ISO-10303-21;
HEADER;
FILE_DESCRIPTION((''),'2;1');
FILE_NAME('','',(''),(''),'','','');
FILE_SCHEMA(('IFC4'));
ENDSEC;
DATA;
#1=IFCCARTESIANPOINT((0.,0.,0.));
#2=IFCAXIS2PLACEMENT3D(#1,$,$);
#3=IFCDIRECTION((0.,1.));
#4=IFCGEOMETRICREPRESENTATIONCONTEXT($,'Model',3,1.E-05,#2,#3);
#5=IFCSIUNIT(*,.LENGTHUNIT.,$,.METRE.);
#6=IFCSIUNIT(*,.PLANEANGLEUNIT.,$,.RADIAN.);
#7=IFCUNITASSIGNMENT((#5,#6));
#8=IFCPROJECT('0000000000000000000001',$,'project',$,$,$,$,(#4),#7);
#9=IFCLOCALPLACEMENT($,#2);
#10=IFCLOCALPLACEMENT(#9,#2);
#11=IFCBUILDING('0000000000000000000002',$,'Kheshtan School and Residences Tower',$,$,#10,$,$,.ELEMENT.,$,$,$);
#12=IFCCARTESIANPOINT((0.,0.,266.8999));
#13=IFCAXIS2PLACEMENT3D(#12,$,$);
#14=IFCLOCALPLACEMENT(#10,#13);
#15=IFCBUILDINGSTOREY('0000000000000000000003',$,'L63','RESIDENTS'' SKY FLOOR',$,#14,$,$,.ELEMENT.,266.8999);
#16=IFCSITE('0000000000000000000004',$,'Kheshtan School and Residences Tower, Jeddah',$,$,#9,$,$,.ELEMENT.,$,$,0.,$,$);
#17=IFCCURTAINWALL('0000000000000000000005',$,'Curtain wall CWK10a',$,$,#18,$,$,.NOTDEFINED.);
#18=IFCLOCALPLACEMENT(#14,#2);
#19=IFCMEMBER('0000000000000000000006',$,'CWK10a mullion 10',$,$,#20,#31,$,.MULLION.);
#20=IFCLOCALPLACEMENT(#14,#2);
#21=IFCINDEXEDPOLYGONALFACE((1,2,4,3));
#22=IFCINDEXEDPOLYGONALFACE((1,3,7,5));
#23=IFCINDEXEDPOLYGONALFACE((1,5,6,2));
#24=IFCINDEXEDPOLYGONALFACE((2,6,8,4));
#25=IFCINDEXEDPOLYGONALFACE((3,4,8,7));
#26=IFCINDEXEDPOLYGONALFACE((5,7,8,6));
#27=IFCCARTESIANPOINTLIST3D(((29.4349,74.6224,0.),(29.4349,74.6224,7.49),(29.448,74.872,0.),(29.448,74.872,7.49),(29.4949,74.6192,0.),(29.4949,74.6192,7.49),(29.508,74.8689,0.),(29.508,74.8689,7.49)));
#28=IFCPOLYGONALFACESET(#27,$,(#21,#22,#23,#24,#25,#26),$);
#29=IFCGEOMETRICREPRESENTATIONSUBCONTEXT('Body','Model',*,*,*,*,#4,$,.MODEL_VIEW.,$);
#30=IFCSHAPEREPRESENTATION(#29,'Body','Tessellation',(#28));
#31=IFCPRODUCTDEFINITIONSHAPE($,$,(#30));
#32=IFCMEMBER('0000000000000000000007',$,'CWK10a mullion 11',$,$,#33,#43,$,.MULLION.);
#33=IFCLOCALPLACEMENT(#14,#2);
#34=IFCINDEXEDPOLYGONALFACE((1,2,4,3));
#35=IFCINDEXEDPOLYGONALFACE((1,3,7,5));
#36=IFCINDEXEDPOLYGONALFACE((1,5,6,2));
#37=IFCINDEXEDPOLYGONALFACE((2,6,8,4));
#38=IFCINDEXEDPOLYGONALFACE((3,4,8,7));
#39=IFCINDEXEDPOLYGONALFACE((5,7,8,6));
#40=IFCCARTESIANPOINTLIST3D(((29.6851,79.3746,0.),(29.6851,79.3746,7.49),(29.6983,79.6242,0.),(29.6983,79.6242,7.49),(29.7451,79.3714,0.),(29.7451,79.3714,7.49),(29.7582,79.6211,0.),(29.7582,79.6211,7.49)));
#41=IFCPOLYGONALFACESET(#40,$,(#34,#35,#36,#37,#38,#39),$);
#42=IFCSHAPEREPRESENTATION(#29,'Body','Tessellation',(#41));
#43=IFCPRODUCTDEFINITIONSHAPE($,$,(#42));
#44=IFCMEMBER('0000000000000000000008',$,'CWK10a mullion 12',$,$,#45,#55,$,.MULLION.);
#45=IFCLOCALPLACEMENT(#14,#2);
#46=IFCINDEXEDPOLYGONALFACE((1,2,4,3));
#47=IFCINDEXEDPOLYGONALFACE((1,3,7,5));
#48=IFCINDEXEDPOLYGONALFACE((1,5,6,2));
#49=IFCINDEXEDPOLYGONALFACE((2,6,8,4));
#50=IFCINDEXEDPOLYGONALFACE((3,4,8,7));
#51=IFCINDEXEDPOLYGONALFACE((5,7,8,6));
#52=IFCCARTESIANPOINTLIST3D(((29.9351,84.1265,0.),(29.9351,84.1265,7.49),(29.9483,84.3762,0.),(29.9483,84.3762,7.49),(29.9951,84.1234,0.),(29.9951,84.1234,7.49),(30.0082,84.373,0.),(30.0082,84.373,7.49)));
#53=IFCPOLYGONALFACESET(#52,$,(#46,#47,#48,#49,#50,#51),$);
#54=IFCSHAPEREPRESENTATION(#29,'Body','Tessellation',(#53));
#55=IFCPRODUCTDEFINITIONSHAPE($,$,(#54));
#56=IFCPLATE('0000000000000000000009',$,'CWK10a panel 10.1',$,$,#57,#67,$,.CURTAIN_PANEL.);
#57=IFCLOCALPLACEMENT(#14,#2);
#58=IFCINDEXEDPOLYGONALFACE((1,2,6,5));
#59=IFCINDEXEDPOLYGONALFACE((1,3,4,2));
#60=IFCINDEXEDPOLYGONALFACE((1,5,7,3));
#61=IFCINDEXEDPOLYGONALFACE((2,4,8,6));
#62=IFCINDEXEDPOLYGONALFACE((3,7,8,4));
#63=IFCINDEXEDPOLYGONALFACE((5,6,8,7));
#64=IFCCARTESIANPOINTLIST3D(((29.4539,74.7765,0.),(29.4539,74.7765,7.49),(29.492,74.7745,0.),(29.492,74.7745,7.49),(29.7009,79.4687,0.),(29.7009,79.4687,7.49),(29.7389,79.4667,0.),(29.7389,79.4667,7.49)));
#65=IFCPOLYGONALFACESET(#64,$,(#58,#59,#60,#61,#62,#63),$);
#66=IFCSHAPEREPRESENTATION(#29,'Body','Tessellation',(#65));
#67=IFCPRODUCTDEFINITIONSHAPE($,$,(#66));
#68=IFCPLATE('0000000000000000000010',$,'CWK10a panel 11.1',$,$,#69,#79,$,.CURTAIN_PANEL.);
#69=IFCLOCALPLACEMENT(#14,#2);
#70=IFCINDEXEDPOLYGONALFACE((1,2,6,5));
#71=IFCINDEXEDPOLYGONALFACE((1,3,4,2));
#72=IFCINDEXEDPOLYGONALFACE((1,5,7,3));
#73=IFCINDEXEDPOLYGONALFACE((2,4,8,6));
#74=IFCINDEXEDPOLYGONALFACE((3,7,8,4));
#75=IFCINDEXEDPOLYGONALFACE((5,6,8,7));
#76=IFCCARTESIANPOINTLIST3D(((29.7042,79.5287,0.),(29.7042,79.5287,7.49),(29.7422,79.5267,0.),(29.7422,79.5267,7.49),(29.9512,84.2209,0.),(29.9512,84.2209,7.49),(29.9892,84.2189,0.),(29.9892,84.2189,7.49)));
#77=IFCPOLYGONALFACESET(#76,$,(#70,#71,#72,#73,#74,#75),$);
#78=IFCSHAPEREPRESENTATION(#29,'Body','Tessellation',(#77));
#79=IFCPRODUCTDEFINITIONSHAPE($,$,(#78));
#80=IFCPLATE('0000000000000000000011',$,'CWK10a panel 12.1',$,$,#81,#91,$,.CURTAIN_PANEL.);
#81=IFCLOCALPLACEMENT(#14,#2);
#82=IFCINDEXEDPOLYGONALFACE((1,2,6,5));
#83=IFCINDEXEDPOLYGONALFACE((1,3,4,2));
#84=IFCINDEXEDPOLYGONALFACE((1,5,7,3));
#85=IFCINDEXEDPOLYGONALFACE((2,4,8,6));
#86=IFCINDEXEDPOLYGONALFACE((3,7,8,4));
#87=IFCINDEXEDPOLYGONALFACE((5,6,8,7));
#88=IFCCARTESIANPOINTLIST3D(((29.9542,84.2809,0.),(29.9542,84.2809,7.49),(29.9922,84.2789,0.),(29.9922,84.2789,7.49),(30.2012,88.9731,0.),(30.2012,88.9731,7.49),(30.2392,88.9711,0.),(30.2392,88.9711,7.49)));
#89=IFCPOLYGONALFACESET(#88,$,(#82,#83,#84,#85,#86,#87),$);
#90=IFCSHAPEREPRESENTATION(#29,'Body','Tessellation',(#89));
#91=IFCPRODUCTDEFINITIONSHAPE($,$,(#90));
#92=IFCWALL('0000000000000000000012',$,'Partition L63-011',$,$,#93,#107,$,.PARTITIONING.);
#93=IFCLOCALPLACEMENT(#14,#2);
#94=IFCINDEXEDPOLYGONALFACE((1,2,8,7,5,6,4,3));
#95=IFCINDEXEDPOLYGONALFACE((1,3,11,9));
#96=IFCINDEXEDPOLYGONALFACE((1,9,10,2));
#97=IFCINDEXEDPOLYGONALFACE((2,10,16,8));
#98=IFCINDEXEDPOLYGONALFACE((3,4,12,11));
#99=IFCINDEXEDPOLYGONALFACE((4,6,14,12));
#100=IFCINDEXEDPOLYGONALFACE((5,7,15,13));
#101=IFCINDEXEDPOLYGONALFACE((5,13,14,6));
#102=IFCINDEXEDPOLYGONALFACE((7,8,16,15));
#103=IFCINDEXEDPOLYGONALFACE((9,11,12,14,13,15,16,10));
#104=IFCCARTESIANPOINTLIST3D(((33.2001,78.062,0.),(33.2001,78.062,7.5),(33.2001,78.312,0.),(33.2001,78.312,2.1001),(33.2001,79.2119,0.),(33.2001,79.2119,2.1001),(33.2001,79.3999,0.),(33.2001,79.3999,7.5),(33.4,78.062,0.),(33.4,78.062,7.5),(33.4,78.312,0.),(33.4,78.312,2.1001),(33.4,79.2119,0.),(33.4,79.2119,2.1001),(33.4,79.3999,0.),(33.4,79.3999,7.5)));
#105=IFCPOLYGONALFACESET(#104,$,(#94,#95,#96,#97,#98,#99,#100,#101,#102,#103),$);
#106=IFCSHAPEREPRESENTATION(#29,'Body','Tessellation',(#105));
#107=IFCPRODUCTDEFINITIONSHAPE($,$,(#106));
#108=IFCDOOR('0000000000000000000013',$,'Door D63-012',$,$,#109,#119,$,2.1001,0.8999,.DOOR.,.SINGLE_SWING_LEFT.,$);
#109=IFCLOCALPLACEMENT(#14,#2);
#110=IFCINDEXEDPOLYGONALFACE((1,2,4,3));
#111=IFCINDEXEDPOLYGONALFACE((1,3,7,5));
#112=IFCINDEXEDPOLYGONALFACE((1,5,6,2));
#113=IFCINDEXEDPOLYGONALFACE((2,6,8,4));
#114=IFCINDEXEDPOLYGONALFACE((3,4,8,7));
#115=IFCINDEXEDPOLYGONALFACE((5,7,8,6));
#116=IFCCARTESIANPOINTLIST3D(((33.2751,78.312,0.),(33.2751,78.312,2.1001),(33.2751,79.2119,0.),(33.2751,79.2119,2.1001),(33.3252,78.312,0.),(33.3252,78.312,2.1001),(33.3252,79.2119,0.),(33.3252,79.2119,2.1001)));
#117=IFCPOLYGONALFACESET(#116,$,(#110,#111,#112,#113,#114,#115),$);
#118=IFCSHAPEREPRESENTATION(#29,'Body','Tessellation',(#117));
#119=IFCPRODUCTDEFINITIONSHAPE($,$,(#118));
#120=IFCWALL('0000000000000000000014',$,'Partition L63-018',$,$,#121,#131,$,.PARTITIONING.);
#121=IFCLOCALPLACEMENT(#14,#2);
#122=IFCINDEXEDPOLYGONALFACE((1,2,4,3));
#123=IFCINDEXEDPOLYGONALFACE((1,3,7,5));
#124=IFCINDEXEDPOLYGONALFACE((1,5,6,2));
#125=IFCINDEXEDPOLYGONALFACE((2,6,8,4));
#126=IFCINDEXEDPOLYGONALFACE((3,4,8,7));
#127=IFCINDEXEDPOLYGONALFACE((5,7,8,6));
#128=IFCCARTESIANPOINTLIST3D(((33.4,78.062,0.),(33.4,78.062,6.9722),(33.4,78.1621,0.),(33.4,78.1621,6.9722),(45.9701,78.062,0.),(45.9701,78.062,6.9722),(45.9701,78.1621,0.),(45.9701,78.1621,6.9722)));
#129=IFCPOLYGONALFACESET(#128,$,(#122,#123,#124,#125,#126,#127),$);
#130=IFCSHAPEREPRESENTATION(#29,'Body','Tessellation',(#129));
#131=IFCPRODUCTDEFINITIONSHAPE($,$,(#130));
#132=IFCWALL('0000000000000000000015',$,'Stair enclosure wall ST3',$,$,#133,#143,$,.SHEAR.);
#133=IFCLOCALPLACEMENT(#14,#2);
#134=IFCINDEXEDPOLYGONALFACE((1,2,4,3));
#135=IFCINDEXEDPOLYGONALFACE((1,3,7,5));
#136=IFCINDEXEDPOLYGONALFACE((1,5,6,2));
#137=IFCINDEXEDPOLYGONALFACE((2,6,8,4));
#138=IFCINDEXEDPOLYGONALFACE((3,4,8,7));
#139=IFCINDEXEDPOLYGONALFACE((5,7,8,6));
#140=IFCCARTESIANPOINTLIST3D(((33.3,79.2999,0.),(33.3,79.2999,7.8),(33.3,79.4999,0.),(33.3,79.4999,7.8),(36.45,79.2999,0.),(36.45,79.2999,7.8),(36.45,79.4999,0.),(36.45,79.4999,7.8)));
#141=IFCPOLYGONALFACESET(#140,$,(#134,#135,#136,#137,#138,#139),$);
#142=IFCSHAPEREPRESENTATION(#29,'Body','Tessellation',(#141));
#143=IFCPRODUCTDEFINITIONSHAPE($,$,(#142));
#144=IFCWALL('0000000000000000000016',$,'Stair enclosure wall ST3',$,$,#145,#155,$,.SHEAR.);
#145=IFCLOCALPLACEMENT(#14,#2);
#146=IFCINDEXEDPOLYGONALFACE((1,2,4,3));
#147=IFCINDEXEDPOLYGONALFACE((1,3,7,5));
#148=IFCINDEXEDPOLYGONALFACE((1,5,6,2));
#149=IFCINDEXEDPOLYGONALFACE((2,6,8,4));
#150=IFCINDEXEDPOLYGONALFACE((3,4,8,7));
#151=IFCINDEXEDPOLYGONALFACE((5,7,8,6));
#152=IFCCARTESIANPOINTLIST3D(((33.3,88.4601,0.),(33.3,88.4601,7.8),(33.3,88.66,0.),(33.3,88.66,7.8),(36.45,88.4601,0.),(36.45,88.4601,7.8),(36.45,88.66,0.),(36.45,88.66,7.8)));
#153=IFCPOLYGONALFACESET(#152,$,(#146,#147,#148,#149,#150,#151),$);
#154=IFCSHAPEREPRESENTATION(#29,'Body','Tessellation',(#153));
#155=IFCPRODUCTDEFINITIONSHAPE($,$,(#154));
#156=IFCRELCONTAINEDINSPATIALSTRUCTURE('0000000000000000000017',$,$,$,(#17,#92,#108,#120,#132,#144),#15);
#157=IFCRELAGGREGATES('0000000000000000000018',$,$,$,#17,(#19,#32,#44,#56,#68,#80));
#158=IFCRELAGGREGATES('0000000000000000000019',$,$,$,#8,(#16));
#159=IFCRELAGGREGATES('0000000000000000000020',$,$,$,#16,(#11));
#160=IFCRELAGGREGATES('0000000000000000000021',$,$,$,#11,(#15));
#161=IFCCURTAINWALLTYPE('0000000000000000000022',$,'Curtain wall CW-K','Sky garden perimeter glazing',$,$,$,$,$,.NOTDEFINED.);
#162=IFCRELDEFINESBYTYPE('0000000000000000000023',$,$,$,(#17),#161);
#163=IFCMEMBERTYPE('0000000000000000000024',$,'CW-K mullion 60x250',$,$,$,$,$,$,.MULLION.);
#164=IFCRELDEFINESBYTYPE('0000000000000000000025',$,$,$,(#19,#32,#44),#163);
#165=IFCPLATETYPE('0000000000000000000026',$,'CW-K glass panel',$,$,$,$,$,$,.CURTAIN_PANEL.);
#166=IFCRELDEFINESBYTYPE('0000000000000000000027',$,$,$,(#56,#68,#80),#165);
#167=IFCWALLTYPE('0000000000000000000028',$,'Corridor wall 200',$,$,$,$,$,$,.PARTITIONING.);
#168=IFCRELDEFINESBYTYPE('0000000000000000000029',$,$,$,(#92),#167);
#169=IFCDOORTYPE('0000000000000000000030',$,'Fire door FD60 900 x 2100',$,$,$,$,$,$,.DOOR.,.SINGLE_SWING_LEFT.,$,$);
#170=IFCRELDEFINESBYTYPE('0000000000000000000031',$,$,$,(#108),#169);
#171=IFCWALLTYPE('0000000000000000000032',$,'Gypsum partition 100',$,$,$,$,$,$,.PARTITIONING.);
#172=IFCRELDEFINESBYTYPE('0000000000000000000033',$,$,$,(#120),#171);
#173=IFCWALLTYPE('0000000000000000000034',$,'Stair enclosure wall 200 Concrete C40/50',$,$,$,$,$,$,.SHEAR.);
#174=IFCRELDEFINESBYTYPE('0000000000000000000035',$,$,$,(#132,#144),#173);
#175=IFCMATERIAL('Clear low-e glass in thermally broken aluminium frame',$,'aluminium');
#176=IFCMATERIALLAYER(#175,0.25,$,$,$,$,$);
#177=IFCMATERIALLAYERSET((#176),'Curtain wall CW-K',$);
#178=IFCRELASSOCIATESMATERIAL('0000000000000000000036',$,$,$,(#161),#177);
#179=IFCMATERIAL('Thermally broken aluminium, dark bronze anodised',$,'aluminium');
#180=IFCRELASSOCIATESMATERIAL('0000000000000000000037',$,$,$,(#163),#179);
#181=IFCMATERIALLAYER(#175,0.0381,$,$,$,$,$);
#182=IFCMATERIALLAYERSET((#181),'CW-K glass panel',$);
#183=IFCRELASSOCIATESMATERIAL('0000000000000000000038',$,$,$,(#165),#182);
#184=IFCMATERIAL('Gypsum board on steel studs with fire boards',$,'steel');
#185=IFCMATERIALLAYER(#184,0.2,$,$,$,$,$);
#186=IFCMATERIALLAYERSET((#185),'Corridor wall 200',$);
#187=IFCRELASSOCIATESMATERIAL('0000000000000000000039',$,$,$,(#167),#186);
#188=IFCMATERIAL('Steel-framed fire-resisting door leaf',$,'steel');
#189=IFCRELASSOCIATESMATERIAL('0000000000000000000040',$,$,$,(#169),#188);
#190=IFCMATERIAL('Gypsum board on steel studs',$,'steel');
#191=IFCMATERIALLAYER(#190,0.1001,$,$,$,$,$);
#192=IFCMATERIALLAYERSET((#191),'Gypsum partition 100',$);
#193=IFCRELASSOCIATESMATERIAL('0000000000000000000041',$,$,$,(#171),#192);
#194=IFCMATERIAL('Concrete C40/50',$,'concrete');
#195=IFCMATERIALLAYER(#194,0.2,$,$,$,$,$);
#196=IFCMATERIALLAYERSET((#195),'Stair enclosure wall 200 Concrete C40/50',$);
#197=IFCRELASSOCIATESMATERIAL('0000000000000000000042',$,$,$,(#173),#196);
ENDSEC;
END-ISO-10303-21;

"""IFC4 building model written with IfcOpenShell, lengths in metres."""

from ifc_helpers import new_model, si_unit, direction, frame, frame_2d, origin, origin_2d, place, context, subcontext, project, spatial, rectangle, extrude, source, transform, mapped, material, layer, layer_set, material_profile, profile_set, type_object, element, fill, aggregate, save


model = new_model("IFC4")

# Units and contexts
model_context = context("Model", 3, precision=1e-05, world=origin(), true_north=direction((0.0, 1.0)))
body_context = subcontext(model_context, "Body", "Model", "MODEL_VIEW")
ifc_project = project(units=[si_unit("LENGTHUNIT", "METRE"), si_unit("PLANEANGLEUNIT", "RADIAN")], contexts=[model_context])

# Site, building, storey
site_placement = place(None, origin())
site = spatial("IfcSite", under=ifc_project, at=site_placement, Name="Kheshtan School and Residences Tower, Jeddah", CompositionType="ELEMENT", RefElevation=0.0)
building_placement = place(site_placement, origin())
building = spatial("IfcBuilding", under=site, at=building_placement, Name="Kheshtan School and Residences Tower", CompositionType="ELEMENT")
storey_placement = place(building_placement, frame((0.0, 0.0, 266.8999)))
storey = spatial("IfcBuildingStorey", under=building, at=storey_placement, Name="L63", Description="RESIDENTS' SKY FLOOR", CompositionType="ELEMENT", Elevation=266.8999)

# Curtain wall, members, plates
ifc_material_1 = material(Name="Clear low-e glass in thermally broken aluminium frame", Category="aluminium")
ifc_layer_1 = layer(ifc_material_1, 0.25)
ifc_layer_set_1 = layer_set([ifc_layer_1], Name="Curtain wall CW-K")
curtain_wall_type = type_object("IfcCurtainWallType", Name="Curtain wall CW-K", Description="Sky garden perimeter glazing", PredefinedType="NOTDEFINED", material=ifc_layer_set_1)
curtain_wall_placement = place(storey_placement, origin())
curtain_wall = element("IfcCurtainWall", 1, at=curtain_wall_placement, inside=storey, type_object=curtain_wall_type, Name="Curtain wall CWK10a", PredefinedType="NOTDEFINED")
ifc_material_2 = material(Name="Thermally broken aluminium, dark bronze anodised", Category="aluminium")
ifc_material_profile_1 = material_profile(ifc_material_2, rectangle(XDim=0.0601, YDim=0.25, at=origin_2d()), Name="CW-K mullion 60x250")
ifc_profile_set_1 = profile_set([ifc_material_profile_1], Name="Thermally broken aluminium, dark bronze anodised")
member_type = type_object("IfcMemberType", Name="CW-K mullion 60x250", PredefinedType="MULLION", material=ifc_profile_set_1)
member_1_placement = place(storey_placement, frame((29.4714, 74.7456, 0.0), z_axis=(0.0, 0.0, 1.0), x_axis=(-0.998617, 0.052565, 0.0)))
member_1 = element("IfcMember", 2, at=member_1_placement, type_object=member_type, Name="CWK10a mullion 10", PredefinedType="MULLION", context=body_context, shape_type="SweptSolid", body=[
    extrude(rectangle(XDim=0.0601, YDim=0.25, at=origin_2d()), origin(), (0.0, 0.0, 1.0), 7.49),
])
member_2_placement = place(storey_placement, frame((29.7217, 79.4978, 0.0), z_axis=(0.0, 0.0, 1.0), x_axis=(-0.998617, 0.052565, 0.0)))
member_2 = element("IfcMember", 3, at=member_2_placement, type_object=member_type, Name="CWK10a mullion 11", PredefinedType="MULLION", context=body_context, shape_type="SweptSolid", body=[
    extrude(rectangle(XDim=0.0601, YDim=0.25, at=origin_2d()), origin(), (0.0, 0.0, 1.0), 7.49),
])
member_3_placement = place(storey_placement, frame((29.9717, 84.2498, 0.0), z_axis=(0.0, 0.0, 1.0), x_axis=(-0.998617, 0.052565, 0.0)))
member_3 = element("IfcMember", 4, at=member_3_placement, type_object=member_type, Name="CWK10a mullion 12", PredefinedType="MULLION", context=body_context, shape_type="SweptSolid", body=[
    extrude(rectangle(XDim=0.0601, YDim=0.25, at=origin_2d()), origin(), (0.0, 0.0, 1.0), 7.49),
])
ifc_layer_2 = layer(ifc_material_1, 0.0381)
ifc_layer_set_2 = layer_set([ifc_layer_2], Name="CW-K glass panel")
plate_type = type_object("IfcPlateType", Name="CW-K glass panel", PredefinedType="CURTAIN_PANEL", material=ifc_layer_set_2)
plate_1_placement = place(storey_placement, frame((29.5964, 77.1216, 0.0), z_axis=(0.0, 0.0, 1.0), x_axis=(0.052565, 0.998617, 0.0)))
plate_1 = element("IfcPlate", 5, at=plate_1_placement, type_object=plate_type, Name="CWK10a panel 10.1", PredefinedType="CURTAIN_PANEL", context=body_context, shape_type="SweptSolid", body=[
    extrude(rectangle(XDim=4.6987, YDim=0.0381, at=origin_2d()), origin(), (0.0, 0.0, 1.0), 7.49),
])
plate_2_placement = place(storey_placement, frame((29.8467, 81.8738, 0.0), z_axis=(0.0, 0.0, 1.0), x_axis=(0.052565, 0.998617, 0.0)))
plate_2 = element("IfcPlate", 6, at=plate_2_placement, type_object=plate_type, Name="CWK10a panel 11.1", PredefinedType="CURTAIN_PANEL", context=body_context, shape_type="SweptSolid", body=[
    extrude(rectangle(XDim=4.6987, YDim=0.0381, at=origin_2d()), origin(), (0.0, 0.0, 1.0), 7.49),
])
plate_3_placement = place(storey_placement, frame((30.0967, 86.626, 0.0), z_axis=(0.0, 0.0, 1.0), x_axis=(0.052565, 0.998617, 0.0)))
plate_3 = element("IfcPlate", 7, at=plate_3_placement, type_object=plate_type, Name="CWK10a panel 12.1", PredefinedType="CURTAIN_PANEL", context=body_context, shape_type="SweptSolid", body=[
    extrude(rectangle(XDim=4.6987, YDim=0.0381, at=origin_2d()), origin(), (0.0, 0.0, 1.0), 7.49),
])
aggregate(curtain_wall, [member_1, member_2, member_3, plate_1, plate_2, plate_3])

# Wall, opening, door
ifc_material_3 = material(Name="Gypsum board on steel studs with fire boards", Category="steel")
ifc_layer_3 = layer(ifc_material_3, 0.2)
ifc_layer_set_3 = layer_set([ifc_layer_3], Name="Corridor wall 200")
wall_type_1 = type_object("IfcWallType", Name="Corridor wall 200", PredefinedType="PARTITIONING", material=ifc_layer_set_3)
wall_1_placement = place(storey_placement, frame((33.3, 78.062, 0.0), z_axis=(0.0, 0.0, 1.0), x_axis=(0.0, 1.0, 0.0)))
wall_1 = element("IfcWall", 8, at=wall_1_placement, inside=storey, type_object=wall_type_1, Name="Partition L63-011", PredefinedType="PARTITIONING", context=body_context, shape_type="SweptSolid", body=[
    extrude(rectangle(XDim=1.3379, YDim=0.2, at=frame_2d((0.6689, 0.0))), origin(), (0.0, 0.0, 1.0), 7.5),
])
opening_1_placement = place(wall_1_placement, frame((0.25, 0.0, 0.0)))
opening_1 = element("IfcOpeningElement", 9, at=opening_1_placement, cuts=wall_1, PredefinedType="OPENING", context=body_context, shape_type="SweptSolid", body=[
    extrude(rectangle(XDim=0.8999, YDim=2.1001, at=frame_2d((0.45, 1.05))), frame((0.0, 0.1099, 0.0), z_axis=(0.0, -1.0, 0.0), x_axis=(1.0, 0.0, 0.0)), (0.0, 0.0, 1.0), 0.22),
])
ifc_material_4 = material(Name="Steel-framed fire-resisting door leaf", Category="steel")
door_type_1 = type_object("IfcDoorType", Name="Fire door FD60 900 x 2100", OperationType="SINGLE_SWING_LEFT", PredefinedType="DOOR", material=ifc_material_4)
shared_shape_1 = source(origin(), body_context, "Body", "SweptSolid", [
    extrude(rectangle(XDim=0.8999, YDim=2.1001, at=frame_2d((0.45, 1.05))), frame((0.0, 0.0249, 0.0), z_axis=(0.0, -1.0, 0.0), x_axis=(1.0, 0.0, 0.0)), (0.0, 0.0, 1.0), 0.05),
])
door_1_placement = place(opening_1_placement, origin())
door_1 = element("IfcDoor", 10, at=door_1_placement, inside=storey, type_object=door_type_1, Name="Door D63-012", OperationType="SINGLE_SWING_LEFT", OverallHeight=2.1001, OverallWidth=0.8999, PredefinedType="DOOR", context=body_context, shape_type="MappedRepresentation", body=[
    mapped(shared_shape_1, transform((0.0, 0.0, 0.0), x_axis=(1.0, 0.0, 0.0), y_axis=(0.0, 1.0, 0.0), z_axis=(0.0, 0.0, 1.0), scale=1.0)),
])
fill(opening_1, door_1)

# Walls
ifc_material_5 = material(Name="Gypsum board on steel studs", Category="steel")
ifc_layer_4 = layer(ifc_material_5, 0.1001)
ifc_layer_set_4 = layer_set([ifc_layer_4], Name="Gypsum partition 100")
wall_type_2 = type_object("IfcWallType", Name="Gypsum partition 100", PredefinedType="PARTITIONING", material=ifc_layer_set_4)
wall_2_placement = place(storey_placement, frame((33.3999, 78.1121, 0.0), z_axis=(0.0, 0.0, 1.0), x_axis=(1.0, 0.0, 0.0)))
element("IfcWall", 11, at=wall_2_placement, inside=storey, type_object=wall_type_2, Name="Partition L63-018", PredefinedType="PARTITIONING", context=body_context, shape_type="SweptSolid", body=[
    extrude(rectangle(XDim=12.5701, YDim=0.1001, at=frame_2d((6.2852, 0.0))), origin(), (0.0, 0.0, 1.0), 6.9722),
])
ifc_material_6 = material(Name="Concrete C40/50", Category="concrete")
ifc_layer_5 = layer(ifc_material_6, 0.2)
ifc_layer_set_5 = layer_set([ifc_layer_5], Name="Stair enclosure wall 200 Concrete C40/50")
wall_type_3 = type_object("IfcWallType", Name="Stair enclosure wall 200 Concrete C40/50", PredefinedType="SHEAR", material=ifc_layer_set_5)
for number, where, z_axis, x_axis, name in (
    (12, (33.3, 79.3999, 0.0), (0.0, 0.0, 1.0), (1.0, 0.0, 0.0), "Stair enclosure wall ST3"),
    (13, (33.3, 88.5601, 0.0), (0.0, 0.0, 1.0), (1.0, 0.0, 0.0), "Stair enclosure wall ST3"),
):
    element("IfcWall", number, at=place(storey_placement, frame(where, z_axis=z_axis, x_axis=x_axis)), inside=storey, type_object=wall_type_3, Name=name, PredefinedType="SHEAR", context=body_context, shape_type="SweptSolid", body=[
        extrude(rectangle(XDim=3.1499, YDim=0.2, at=frame_2d((1.575, 0.0))), origin(), (0.0, 0.0, 1.0), 7.8),
    ])

save(model, "model.ifc")
